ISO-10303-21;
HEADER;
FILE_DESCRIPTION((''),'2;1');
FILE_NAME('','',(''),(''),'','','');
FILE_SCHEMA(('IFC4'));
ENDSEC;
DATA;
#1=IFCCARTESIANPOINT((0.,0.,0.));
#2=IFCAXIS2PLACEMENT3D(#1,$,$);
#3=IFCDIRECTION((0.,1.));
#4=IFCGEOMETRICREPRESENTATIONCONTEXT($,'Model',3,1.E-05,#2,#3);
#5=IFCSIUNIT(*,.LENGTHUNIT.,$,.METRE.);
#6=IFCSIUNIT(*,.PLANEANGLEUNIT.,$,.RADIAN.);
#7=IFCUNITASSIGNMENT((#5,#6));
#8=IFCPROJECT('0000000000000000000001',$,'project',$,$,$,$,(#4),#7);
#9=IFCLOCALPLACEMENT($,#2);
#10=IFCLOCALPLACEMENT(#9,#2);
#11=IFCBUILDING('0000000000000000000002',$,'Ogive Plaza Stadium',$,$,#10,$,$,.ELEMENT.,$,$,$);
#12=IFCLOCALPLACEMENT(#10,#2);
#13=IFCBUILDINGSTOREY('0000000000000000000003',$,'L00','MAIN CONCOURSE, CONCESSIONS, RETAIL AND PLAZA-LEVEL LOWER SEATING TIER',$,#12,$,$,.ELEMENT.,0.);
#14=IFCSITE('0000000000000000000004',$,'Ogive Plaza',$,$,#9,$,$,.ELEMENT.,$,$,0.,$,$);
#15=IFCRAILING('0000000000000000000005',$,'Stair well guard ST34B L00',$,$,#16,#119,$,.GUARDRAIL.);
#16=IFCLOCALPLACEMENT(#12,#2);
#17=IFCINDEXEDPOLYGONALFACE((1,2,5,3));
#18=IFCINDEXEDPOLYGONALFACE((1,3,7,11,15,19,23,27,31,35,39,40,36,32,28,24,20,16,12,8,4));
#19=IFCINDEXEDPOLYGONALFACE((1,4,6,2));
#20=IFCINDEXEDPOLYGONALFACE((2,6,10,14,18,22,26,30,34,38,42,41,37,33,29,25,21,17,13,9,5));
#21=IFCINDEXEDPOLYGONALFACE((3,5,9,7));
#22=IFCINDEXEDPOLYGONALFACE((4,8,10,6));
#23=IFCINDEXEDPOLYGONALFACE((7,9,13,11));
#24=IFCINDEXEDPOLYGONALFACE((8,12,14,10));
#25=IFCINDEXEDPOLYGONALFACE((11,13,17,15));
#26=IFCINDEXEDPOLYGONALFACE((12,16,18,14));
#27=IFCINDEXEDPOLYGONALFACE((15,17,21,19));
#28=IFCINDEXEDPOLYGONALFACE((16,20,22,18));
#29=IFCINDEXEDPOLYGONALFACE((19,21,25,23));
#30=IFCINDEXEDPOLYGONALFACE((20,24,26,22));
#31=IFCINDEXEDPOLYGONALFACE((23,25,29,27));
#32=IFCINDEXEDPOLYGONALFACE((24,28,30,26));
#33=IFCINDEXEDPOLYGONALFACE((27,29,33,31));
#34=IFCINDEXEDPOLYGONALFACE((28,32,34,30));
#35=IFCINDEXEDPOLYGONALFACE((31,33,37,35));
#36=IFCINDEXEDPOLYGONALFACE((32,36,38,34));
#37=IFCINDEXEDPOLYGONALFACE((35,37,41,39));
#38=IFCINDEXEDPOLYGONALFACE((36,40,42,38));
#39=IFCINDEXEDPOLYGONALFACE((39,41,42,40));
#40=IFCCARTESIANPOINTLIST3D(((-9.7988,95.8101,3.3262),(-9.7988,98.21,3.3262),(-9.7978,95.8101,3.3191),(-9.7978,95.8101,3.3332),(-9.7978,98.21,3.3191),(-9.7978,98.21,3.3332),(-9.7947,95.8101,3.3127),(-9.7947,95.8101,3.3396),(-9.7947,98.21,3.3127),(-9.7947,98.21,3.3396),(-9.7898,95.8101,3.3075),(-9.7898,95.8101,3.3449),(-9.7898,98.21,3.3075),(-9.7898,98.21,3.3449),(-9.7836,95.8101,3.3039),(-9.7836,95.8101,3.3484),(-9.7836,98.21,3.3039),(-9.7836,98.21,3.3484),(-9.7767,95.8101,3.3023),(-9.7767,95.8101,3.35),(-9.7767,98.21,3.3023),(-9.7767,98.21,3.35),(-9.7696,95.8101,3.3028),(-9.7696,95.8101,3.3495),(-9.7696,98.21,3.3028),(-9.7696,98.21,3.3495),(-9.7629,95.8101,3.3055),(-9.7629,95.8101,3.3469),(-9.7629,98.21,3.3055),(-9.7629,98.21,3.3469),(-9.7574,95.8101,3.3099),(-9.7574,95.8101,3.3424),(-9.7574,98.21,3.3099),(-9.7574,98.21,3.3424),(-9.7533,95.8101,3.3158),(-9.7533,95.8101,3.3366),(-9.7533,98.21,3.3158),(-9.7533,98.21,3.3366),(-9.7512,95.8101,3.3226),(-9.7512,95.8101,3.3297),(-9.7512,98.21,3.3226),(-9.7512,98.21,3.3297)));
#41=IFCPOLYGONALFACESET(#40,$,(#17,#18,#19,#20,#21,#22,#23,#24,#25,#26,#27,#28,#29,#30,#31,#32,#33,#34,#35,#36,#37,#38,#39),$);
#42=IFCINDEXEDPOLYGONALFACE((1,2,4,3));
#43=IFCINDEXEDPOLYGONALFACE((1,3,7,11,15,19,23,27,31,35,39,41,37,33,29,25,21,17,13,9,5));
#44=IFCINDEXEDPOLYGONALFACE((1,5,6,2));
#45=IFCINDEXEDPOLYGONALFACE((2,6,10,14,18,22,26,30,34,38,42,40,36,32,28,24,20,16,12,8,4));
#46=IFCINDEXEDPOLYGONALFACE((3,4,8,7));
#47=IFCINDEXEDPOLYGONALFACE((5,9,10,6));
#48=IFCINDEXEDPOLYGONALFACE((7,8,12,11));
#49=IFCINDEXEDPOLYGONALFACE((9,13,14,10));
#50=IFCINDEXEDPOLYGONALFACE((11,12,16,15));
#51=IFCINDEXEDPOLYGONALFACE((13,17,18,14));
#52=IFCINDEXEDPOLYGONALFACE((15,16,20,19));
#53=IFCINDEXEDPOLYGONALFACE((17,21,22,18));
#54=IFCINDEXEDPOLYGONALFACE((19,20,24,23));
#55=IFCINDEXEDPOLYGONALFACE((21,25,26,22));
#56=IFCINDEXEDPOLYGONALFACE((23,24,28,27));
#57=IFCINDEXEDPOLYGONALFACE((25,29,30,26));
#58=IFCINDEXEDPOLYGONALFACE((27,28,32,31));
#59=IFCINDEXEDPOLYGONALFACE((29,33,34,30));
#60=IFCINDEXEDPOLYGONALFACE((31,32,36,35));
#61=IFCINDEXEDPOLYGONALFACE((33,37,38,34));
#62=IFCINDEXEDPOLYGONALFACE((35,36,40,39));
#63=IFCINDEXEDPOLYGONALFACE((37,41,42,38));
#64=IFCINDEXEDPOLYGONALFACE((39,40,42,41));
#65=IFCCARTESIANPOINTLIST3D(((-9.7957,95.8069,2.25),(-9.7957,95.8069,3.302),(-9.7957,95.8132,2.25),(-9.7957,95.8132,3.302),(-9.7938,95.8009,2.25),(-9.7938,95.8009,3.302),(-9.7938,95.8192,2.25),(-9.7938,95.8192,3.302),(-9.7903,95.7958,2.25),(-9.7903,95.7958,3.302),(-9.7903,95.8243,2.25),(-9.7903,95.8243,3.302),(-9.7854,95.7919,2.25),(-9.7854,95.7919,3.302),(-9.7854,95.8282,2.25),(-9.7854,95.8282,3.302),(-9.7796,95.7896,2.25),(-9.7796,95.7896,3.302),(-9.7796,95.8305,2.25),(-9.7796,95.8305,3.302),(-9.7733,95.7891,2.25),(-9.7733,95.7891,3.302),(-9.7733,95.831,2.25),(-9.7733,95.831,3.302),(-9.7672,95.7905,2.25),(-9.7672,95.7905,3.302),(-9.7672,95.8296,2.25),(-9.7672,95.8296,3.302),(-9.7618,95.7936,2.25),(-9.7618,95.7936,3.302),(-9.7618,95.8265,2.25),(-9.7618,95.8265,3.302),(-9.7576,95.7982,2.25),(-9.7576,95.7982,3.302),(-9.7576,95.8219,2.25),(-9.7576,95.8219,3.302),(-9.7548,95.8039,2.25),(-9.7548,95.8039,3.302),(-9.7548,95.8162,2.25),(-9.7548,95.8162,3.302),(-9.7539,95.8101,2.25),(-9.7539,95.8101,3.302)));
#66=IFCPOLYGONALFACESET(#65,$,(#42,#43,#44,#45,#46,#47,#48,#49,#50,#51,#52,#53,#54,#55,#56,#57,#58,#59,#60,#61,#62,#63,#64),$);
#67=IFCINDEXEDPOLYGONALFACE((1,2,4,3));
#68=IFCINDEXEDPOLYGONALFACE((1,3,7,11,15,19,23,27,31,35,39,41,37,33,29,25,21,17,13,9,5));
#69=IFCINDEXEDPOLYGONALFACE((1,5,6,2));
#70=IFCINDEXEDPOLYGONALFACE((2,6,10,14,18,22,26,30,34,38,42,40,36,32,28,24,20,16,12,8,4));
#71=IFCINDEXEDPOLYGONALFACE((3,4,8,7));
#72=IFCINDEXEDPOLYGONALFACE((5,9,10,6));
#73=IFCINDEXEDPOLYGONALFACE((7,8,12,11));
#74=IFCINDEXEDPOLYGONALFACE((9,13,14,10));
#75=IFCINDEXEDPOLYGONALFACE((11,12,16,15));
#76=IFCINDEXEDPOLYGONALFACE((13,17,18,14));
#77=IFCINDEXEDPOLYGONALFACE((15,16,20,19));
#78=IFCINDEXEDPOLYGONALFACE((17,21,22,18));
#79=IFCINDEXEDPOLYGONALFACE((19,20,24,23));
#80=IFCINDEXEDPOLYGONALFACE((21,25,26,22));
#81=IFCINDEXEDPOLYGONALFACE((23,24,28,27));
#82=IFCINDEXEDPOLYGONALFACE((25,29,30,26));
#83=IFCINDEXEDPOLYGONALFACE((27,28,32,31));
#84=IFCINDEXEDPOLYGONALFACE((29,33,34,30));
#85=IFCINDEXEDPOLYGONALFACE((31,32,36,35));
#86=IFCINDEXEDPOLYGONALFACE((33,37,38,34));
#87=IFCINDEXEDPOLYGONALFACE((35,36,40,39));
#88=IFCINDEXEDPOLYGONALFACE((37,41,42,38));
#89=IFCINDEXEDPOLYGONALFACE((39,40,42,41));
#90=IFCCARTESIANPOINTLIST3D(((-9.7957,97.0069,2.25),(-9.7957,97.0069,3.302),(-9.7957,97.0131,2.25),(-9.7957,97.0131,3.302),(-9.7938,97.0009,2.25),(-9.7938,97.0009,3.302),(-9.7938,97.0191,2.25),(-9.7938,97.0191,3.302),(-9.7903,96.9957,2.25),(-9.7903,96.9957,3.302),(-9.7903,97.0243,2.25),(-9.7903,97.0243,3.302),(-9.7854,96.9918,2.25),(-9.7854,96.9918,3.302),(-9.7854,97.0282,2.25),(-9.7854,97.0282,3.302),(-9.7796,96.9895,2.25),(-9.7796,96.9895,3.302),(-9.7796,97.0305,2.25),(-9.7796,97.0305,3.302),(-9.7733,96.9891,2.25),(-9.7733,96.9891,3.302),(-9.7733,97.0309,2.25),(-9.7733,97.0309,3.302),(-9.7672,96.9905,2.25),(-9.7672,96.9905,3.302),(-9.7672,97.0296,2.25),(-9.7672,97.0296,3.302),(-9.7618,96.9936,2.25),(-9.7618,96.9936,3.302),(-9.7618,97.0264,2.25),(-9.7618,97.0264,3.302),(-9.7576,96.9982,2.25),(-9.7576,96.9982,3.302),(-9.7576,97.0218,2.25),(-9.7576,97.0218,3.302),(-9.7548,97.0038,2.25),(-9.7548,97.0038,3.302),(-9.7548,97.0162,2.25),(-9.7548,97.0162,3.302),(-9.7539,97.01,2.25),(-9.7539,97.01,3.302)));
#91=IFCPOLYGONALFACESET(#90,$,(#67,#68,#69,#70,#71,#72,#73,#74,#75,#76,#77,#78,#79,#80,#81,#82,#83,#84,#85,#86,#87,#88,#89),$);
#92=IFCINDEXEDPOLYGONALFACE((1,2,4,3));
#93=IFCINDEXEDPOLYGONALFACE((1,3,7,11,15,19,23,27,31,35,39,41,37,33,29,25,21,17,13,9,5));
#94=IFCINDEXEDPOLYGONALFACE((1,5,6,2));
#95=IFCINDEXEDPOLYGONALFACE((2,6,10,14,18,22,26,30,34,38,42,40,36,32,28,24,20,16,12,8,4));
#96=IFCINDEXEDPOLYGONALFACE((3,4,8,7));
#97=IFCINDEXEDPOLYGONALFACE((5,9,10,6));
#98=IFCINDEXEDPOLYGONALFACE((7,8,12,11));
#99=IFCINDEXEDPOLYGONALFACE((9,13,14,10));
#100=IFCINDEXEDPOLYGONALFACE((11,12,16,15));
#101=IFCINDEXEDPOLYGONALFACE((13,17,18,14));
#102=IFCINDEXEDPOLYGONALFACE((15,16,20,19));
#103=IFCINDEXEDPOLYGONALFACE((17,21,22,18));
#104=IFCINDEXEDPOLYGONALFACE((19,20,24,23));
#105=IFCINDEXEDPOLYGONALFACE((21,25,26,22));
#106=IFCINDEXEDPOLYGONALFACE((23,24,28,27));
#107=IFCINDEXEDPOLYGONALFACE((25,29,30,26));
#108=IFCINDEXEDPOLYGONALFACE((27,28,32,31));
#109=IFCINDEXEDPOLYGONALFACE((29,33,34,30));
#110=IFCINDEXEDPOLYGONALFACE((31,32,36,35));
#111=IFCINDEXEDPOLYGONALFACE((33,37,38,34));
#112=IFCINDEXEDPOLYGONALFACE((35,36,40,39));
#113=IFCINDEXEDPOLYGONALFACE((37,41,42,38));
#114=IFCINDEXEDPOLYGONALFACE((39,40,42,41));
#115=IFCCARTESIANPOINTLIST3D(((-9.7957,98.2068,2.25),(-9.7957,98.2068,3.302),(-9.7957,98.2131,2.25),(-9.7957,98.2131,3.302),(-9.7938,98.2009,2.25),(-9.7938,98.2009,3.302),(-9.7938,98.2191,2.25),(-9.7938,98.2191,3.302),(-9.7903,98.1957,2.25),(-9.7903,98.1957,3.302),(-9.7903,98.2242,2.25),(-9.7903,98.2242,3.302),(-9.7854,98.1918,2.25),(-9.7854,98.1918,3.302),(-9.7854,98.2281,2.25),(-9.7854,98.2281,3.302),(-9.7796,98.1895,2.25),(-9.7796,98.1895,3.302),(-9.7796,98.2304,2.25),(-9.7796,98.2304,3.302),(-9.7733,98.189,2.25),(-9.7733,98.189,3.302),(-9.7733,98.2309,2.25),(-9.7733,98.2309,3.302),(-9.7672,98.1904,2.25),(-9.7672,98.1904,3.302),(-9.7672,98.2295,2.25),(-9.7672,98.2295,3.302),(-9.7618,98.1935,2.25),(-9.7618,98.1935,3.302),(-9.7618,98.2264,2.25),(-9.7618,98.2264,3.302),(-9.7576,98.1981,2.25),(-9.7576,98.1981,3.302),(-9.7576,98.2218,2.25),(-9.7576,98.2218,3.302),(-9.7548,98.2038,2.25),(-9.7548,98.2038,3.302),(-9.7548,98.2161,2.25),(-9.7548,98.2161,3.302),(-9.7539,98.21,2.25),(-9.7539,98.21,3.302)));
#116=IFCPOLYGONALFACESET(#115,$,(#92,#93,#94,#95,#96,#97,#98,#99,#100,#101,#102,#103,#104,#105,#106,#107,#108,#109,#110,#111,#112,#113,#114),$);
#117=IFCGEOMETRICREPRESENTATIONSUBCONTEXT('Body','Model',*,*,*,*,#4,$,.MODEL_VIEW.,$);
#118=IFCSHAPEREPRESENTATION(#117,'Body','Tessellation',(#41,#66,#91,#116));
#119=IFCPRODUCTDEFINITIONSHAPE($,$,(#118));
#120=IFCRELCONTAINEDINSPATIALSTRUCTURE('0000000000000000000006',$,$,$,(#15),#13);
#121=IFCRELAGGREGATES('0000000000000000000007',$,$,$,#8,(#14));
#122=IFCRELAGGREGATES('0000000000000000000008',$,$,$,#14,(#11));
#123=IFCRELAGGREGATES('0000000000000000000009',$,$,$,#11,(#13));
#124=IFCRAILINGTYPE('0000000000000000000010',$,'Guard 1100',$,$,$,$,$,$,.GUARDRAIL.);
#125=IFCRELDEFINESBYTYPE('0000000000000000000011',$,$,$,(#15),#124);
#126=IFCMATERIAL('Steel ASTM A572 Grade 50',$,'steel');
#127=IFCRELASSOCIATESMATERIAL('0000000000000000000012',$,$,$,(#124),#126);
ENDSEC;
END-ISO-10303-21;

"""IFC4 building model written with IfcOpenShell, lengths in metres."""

from ifc_helpers import new_model, si_unit, direction, frame, origin, origin_2d, place, context, subcontext, project, spatial, circle, extrude, material, type_object, element, save


model = new_model("IFC4")

# Units and contexts
model_context = context("Model", 3, precision=1e-05, world=origin(), true_north=direction((0.0, 1.0)))
body_context = subcontext(model_context, "Body", "Model", "MODEL_VIEW")
ifc_project = project(units=[si_unit("LENGTHUNIT", "METRE"), si_unit("PLANEANGLEUNIT", "RADIAN")], contexts=[model_context])

# Site, building, storey
site_placement = place(None, origin())
site = spatial("IfcSite", under=ifc_project, at=site_placement, Name="Ogive Plaza", CompositionType="ELEMENT", RefElevation=0.0)
building_placement = place(site_placement, origin())
building = spatial("IfcBuilding", under=site, at=building_placement, Name="Ogive Plaza Stadium", CompositionType="ELEMENT")
storey_placement = place(building_placement, origin())
storey = spatial("IfcBuildingStorey", under=building, at=storey_placement, Name="L00", Description="MAIN CONCOURSE, CONCESSIONS, RETAIL AND PLAZA-LEVEL LOWER SEATING TIER", CompositionType="ELEMENT", Elevation=0.0)

# Railing
ifc_material_1 = material(Name="Steel ASTM A572 Grade 50", Category="steel")
railing_type_1 = type_object("IfcRailingType", Name="Guard 1100", PredefinedType="GUARDRAIL", material=ifc_material_1)
for number, where, name in (
    (1, (-9.7749, 95.8101, 2.25), "Stair well guard ST34B L00"),
):
    element("IfcRailing", number, at=place(storey_placement, frame(where)), inside=storey, type_object=railing_type_1, Name=name, PredefinedType="GUARDRAIL", context=body_context, shape_type="SweptSolid", body=[
        extrude(circle(Radius=0.0239, at=origin_2d()), frame((0.0, 0.0, 1.0762), z_axis=(0.0, 1.0, 0.0), x_axis=(-1.0, 0.0, 0.0)), (0.0, 0.0, 1.0), 2.3999),
        extrude(circle(Radius=0.021, at=origin_2d()), origin(), (0.0, 0.0, 1.0), 1.052),
        extrude(circle(Radius=0.021, at=origin_2d()), frame((0.0, 1.2, 0.0)), (0.0, 0.0, 1.0), 1.052),
        extrude(circle(Radius=0.021, at=origin_2d()), frame((0.0, 2.3999, 0.0)), (0.0, 0.0, 1.0), 1.052),
    ])

save(model, "model.ifc")
